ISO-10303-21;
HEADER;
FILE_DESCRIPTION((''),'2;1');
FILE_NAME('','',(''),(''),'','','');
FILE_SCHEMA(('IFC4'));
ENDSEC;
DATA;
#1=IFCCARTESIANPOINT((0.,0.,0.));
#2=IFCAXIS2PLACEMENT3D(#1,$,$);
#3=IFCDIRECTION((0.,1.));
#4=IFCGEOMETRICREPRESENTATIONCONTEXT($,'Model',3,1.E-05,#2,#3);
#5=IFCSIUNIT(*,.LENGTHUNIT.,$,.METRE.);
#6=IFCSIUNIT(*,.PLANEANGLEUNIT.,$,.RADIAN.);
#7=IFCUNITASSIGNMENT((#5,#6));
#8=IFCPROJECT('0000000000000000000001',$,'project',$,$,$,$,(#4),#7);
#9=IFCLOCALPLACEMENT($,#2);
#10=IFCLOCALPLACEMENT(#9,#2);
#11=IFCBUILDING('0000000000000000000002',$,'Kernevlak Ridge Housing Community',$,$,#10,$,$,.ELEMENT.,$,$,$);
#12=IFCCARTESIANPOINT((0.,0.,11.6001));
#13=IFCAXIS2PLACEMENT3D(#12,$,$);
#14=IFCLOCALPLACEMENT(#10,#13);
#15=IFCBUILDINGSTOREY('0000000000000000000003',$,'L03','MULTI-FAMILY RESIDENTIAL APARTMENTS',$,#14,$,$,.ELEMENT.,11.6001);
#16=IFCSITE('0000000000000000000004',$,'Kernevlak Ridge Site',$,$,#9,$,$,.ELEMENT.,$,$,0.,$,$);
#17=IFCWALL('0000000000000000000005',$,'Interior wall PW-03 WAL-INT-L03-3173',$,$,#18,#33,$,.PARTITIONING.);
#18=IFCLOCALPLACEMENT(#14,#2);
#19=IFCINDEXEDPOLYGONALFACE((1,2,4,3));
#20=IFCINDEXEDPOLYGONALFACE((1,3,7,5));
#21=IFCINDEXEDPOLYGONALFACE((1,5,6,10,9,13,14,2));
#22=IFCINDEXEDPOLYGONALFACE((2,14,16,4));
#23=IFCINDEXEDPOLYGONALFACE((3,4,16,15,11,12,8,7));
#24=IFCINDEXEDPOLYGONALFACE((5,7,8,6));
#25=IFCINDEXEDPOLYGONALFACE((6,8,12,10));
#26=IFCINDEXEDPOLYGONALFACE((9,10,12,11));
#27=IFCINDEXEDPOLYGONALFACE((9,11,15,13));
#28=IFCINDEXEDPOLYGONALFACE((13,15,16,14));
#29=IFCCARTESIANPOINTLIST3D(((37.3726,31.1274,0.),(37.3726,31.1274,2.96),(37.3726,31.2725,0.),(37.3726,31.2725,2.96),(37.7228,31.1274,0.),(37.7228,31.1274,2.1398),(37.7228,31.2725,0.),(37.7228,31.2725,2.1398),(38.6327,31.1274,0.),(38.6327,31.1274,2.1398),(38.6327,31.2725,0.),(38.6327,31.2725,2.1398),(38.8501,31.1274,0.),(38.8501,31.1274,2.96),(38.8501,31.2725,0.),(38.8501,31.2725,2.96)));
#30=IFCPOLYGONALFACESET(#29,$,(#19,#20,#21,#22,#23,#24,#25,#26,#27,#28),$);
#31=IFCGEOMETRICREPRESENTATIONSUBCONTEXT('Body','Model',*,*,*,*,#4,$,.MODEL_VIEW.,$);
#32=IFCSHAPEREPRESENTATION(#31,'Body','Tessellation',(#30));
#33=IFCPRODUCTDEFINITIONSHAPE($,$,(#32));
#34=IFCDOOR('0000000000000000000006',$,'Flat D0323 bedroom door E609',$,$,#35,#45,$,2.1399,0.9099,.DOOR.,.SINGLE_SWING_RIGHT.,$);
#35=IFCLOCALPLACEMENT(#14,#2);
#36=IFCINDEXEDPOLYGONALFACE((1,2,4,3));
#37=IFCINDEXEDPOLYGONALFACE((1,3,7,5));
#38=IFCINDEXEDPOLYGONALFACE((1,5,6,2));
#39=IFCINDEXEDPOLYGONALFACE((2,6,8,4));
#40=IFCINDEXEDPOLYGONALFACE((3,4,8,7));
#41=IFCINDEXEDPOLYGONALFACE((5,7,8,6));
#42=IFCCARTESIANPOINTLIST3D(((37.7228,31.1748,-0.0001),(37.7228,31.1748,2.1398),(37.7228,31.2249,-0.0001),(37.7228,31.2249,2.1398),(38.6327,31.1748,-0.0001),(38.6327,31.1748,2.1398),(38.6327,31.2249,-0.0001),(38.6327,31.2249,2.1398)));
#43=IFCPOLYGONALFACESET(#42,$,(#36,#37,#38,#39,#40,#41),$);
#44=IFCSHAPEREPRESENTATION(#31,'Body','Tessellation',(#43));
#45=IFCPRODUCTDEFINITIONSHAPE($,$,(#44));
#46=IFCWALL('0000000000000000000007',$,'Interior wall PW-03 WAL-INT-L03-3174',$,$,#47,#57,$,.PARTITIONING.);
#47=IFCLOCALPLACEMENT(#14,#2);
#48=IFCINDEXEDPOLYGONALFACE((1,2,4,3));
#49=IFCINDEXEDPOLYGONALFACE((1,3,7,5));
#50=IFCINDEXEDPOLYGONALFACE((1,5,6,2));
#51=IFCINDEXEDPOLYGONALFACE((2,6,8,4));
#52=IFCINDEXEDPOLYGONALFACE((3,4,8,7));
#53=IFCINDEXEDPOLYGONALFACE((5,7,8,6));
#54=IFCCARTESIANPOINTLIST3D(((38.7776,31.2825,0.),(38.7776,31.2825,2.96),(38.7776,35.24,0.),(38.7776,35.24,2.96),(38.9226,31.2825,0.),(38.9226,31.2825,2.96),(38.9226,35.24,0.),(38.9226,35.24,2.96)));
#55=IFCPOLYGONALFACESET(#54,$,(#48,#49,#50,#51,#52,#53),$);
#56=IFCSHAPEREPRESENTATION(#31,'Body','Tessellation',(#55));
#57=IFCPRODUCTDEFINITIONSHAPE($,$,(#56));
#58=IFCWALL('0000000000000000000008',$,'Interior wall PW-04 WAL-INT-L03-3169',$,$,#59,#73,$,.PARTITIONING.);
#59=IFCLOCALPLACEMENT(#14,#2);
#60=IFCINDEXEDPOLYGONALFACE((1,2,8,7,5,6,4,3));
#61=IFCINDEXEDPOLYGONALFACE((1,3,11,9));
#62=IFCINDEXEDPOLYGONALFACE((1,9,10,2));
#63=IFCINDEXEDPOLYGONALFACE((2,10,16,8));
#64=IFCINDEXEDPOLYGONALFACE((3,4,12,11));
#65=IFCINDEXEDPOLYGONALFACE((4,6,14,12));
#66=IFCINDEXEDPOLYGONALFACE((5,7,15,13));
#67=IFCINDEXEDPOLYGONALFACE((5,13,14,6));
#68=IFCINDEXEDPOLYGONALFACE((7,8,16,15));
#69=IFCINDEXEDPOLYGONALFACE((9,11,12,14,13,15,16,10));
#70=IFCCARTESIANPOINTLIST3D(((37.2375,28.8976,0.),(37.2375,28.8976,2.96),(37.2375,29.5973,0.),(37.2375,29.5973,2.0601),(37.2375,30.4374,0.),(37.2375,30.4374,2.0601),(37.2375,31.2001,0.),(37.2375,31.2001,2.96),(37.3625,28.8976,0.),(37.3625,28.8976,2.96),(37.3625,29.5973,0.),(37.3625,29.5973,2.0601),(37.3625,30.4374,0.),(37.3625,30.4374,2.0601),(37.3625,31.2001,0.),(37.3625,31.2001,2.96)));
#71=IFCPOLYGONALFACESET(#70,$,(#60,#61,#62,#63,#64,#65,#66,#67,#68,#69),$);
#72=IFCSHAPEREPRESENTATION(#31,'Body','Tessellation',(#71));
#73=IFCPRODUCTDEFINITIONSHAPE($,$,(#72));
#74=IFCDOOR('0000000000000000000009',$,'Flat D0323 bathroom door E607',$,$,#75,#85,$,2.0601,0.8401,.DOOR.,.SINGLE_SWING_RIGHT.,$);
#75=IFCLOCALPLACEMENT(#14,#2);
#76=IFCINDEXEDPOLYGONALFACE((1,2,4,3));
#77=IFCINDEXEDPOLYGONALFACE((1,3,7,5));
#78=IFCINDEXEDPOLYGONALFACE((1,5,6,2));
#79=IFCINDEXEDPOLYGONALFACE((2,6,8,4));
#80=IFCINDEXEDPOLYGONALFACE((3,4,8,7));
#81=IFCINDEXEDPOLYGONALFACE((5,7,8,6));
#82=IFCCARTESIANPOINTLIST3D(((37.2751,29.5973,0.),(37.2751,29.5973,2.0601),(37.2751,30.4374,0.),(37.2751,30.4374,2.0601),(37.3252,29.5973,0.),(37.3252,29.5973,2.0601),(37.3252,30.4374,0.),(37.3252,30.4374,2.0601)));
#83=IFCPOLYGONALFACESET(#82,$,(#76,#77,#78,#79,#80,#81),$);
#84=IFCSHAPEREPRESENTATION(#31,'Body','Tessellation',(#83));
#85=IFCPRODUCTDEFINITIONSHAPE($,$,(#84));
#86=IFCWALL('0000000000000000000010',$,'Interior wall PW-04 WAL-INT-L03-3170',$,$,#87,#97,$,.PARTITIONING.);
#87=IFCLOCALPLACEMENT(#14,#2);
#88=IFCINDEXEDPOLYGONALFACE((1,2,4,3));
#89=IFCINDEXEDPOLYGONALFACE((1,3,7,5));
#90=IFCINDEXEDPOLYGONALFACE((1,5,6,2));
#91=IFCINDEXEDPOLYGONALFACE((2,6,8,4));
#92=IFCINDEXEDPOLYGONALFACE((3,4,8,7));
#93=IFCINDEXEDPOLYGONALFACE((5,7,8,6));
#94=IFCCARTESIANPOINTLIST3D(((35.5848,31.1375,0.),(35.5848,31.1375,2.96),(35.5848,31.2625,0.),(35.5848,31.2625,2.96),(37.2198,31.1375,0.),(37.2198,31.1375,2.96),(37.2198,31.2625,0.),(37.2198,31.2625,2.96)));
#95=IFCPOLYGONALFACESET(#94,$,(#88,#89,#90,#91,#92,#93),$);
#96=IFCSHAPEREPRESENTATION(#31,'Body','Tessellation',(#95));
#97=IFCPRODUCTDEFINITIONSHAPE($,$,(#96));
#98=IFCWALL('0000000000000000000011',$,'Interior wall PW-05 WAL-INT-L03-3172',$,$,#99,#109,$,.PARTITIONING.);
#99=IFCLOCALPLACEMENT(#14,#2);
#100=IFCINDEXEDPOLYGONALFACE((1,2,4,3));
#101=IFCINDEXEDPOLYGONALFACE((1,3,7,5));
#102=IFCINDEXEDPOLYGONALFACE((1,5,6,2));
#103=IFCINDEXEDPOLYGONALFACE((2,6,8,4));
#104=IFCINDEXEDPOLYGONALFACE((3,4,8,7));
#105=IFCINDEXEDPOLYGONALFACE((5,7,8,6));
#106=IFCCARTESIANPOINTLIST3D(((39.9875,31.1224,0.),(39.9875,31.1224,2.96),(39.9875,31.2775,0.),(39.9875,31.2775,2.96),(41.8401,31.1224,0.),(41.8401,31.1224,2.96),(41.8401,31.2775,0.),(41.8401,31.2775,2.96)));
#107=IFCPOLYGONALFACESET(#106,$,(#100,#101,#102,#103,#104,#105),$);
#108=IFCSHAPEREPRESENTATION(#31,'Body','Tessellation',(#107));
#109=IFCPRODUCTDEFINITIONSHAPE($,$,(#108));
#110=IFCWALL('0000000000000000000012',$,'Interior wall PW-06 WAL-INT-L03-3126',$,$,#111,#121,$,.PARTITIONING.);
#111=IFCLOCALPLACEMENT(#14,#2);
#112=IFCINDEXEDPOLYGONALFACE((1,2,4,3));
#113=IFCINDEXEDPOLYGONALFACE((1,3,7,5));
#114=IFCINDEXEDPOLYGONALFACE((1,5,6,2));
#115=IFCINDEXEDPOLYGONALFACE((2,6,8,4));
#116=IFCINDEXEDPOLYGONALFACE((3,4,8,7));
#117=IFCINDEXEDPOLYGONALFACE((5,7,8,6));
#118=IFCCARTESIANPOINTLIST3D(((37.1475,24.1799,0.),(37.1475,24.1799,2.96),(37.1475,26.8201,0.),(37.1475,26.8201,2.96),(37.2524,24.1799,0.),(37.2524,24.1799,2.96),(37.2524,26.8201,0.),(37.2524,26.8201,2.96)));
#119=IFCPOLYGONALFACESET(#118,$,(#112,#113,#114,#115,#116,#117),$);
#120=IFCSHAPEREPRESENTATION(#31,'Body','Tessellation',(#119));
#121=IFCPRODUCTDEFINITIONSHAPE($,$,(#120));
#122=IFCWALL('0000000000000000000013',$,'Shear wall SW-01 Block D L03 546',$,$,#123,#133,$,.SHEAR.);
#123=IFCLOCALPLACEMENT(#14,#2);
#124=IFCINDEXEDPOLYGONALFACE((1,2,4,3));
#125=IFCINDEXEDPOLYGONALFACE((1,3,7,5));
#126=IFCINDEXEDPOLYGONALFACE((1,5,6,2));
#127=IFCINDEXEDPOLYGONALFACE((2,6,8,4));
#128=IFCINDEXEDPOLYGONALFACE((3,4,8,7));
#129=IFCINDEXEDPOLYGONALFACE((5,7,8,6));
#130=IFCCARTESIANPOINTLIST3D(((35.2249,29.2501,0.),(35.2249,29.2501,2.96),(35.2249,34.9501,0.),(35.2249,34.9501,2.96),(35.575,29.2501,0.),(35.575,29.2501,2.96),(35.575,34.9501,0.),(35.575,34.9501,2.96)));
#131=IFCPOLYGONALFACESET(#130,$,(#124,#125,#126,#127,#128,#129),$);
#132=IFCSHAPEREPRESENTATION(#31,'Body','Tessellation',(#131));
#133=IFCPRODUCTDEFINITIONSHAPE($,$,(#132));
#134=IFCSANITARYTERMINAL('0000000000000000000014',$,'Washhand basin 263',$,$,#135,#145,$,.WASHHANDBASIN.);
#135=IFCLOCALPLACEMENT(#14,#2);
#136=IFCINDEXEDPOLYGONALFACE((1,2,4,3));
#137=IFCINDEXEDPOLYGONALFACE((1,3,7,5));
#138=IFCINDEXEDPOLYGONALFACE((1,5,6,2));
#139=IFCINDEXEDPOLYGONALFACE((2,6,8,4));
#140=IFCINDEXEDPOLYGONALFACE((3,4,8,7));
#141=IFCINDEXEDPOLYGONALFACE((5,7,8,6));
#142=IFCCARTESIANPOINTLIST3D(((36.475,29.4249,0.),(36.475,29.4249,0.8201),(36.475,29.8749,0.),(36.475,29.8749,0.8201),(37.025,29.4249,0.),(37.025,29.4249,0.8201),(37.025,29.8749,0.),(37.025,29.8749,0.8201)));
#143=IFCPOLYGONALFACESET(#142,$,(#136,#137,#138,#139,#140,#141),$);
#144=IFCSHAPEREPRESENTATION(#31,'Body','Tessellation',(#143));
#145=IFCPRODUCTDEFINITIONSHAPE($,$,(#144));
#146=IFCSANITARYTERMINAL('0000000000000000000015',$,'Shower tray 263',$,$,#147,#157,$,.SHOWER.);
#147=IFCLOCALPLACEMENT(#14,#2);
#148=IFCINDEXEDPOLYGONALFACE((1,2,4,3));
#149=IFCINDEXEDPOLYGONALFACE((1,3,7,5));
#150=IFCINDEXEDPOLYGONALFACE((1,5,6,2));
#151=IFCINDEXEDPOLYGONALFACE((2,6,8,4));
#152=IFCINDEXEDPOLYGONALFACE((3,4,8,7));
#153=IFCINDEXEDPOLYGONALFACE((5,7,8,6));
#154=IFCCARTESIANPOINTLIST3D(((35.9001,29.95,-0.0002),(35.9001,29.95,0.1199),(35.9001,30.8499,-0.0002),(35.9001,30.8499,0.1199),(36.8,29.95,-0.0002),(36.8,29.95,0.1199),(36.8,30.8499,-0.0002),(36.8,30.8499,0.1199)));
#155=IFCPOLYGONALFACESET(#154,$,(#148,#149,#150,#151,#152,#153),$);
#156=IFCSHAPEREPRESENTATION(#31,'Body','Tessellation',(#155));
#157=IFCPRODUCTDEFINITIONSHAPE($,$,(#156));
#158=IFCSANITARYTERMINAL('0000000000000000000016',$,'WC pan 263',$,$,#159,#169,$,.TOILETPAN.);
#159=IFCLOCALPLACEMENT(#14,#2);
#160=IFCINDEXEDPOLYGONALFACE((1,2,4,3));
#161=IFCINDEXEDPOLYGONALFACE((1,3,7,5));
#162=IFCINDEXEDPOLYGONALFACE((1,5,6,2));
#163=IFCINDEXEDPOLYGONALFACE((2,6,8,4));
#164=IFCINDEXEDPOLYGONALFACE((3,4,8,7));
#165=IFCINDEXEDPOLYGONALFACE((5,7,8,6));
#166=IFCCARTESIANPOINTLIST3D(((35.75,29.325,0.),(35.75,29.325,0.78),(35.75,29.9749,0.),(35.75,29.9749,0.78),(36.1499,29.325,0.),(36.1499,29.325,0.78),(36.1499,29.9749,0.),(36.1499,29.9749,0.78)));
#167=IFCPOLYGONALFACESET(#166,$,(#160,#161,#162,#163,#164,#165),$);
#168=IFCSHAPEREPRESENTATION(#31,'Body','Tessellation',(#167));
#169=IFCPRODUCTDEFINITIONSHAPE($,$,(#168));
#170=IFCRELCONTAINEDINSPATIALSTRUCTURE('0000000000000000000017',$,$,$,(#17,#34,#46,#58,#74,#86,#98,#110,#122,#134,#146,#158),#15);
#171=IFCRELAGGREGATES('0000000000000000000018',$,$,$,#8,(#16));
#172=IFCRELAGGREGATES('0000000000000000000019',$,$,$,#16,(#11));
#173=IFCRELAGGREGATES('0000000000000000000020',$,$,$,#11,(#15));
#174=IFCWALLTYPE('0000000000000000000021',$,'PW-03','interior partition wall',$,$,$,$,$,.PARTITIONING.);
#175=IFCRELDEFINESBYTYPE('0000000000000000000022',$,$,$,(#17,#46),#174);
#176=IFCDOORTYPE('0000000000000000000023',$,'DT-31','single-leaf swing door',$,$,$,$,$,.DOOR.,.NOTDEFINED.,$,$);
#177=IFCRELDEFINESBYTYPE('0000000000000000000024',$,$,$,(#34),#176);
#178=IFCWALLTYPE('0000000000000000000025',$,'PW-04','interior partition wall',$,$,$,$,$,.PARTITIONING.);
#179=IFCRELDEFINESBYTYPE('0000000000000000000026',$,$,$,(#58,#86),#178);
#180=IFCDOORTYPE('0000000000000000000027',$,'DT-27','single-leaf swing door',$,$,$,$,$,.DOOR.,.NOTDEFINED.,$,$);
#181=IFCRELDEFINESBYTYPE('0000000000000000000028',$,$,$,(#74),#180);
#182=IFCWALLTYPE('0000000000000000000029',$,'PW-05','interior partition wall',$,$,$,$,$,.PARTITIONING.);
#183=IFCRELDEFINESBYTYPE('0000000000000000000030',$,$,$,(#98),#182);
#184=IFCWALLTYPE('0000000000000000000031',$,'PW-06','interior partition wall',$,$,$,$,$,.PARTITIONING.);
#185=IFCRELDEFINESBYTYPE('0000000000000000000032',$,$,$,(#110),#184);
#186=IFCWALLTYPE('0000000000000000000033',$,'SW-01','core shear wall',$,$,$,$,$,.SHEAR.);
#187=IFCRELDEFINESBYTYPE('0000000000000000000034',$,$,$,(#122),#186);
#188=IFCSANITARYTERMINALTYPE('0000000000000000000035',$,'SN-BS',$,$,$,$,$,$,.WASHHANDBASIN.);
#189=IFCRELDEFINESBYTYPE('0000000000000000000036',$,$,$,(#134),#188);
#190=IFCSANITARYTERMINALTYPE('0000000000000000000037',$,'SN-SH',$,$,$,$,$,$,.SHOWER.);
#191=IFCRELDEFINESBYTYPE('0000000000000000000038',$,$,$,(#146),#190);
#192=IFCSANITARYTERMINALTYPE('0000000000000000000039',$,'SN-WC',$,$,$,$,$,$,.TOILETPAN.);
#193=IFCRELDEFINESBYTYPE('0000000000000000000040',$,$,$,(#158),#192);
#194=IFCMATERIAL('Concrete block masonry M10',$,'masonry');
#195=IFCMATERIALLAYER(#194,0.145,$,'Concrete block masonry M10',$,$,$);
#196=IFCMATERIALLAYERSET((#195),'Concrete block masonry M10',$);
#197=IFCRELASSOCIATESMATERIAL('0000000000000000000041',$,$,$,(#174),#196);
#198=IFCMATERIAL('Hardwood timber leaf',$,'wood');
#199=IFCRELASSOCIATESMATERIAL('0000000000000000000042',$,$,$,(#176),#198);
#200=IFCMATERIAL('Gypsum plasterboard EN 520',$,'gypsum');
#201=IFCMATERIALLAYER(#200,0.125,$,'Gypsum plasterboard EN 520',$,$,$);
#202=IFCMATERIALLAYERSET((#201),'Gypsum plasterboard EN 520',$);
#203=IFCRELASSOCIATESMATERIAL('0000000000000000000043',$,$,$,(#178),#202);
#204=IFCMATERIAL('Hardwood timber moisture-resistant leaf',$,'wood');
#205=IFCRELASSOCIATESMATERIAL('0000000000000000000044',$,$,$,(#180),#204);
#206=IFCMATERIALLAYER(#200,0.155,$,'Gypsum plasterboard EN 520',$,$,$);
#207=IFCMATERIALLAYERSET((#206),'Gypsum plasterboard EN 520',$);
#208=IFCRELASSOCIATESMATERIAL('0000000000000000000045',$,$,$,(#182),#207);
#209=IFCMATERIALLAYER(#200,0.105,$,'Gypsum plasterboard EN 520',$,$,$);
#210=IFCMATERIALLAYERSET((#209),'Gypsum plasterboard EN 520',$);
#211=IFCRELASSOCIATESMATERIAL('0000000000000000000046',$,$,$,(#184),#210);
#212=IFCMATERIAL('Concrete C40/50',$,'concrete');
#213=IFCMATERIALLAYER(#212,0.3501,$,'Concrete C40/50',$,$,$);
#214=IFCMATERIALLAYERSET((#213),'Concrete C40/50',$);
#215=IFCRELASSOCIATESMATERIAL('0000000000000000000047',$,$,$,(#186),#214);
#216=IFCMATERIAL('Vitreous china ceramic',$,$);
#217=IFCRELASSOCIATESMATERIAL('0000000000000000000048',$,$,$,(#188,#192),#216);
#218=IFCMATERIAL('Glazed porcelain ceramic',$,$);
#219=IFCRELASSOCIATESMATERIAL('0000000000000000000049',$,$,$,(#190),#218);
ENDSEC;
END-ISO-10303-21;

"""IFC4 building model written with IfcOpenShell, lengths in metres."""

from ifc_helpers import new_model, si_unit, direction, frame, frame_2d, origin, origin_2d, place, context, subcontext, project, spatial, rectangle, extrude, material, layer, layer_set, type_object, element, fill, save


model = new_model("IFC4")

# Units and contexts
model_context = context("Model", 3, precision=1e-05, world=origin(), true_north=direction((0.0, 1.0)))
body_context = subcontext(model_context, "Body", "Model", "MODEL_VIEW")
ifc_project = project(units=[si_unit("LENGTHUNIT", "METRE"), si_unit("PLANEANGLEUNIT", "RADIAN")], contexts=[model_context])

# Site, building, storey
site_placement = place(None, origin())
site = spatial("IfcSite", under=ifc_project, at=site_placement, Name="Kernevlak Ridge Site", CompositionType="ELEMENT", RefElevation=0.0)
building_placement = place(site_placement, origin())
building = spatial("IfcBuilding", under=site, at=building_placement, Name="Kernevlak Ridge Housing Community", CompositionType="ELEMENT")
storey_placement = place(building_placement, frame((0.0, 0.0, 11.6001)))
storey = spatial("IfcBuildingStorey", under=building, at=storey_placement, Name="L03", Description="MULTI-FAMILY RESIDENTIAL APARTMENTS", CompositionType="ELEMENT", Elevation=11.6001)

# Shared definitions
ifc_material_1 = material(Name="Concrete block masonry M10", Category="masonry")

# Shared definitions
ifc_layer_1 = layer(ifc_material_1, 0.145, Name="Concrete block masonry M10")
ifc_layer_set_1 = layer_set([ifc_layer_1], Name="Concrete block masonry M10")
wall_type_1 = type_object("IfcWallType", Name="PW-03", Description="interior partition wall", PredefinedType="PARTITIONING", material=ifc_layer_set_1)

# Wall, opening, door
wall_1_placement = place(storey_placement, frame((37.3726, 31.2, 0.0), z_axis=(0.0, 0.0, 1.0), x_axis=(1.0, 0.0, 0.0)))
wall_1 = element("IfcWall", 1, at=wall_1_placement, inside=storey, type_object=wall_type_1, Name="Interior wall PW-03 WAL-INT-L03-3173", PredefinedType="PARTITIONING", context=body_context, shape_type="SweptSolid", body=[
    extrude(rectangle(XDim=1.4775, YDim=0.145, at=frame_2d((0.7388, 0.0))), origin(), (0.0, 0.0, 1.0), 2.96),
])
opening_1_placement = place(wall_1_placement, frame((0.3501, 0.0, 0.0)))
opening_1 = element("IfcOpeningElement", 2, at=opening_1_placement, cuts=wall_1, PredefinedType="OPENING", context=body_context, shape_type="SweptSolid", body=[
    extrude(rectangle(XDim=0.9099, YDim=2.1399, at=frame_2d((0.4551, 1.0698))), frame((0.0, 0.0825, 0.0), z_axis=(0.0, -1.0, 0.0), x_axis=(1.0, 0.0, 0.0)), (0.0, 0.0, 1.0), 0.165),
])
ifc_material_2 = material(Name="Hardwood timber leaf", Category="wood")
door_type_1 = type_object("IfcDoorType", Name="DT-31", Description="single-leaf swing door", OperationType="NOTDEFINED", PredefinedType="DOOR", material=ifc_material_2)
door_1_placement = place(opening_1_placement, origin())
door_1 = element("IfcDoor", 3, at=door_1_placement, inside=storey, type_object=door_type_1, Name="Flat D0323 bedroom door E609", OperationType="SINGLE_SWING_RIGHT", OverallHeight=2.1399, OverallWidth=0.9099, PredefinedType="DOOR", context=body_context, shape_type="SweptSolid", body=[
    extrude(rectangle(XDim=0.9099, YDim=2.1399, at=frame_2d((0.4551, 1.0698))), frame((0.0, 0.0249, 0.0), z_axis=(0.0, -1.0, 0.0), x_axis=(1.0, 0.0, 0.0)), (0.0, 0.0, 1.0), 0.05),
])
fill(opening_1, door_1)

# Wall
wall_2_placement = place(storey_placement, frame((38.8501, 31.2825, 0.0), z_axis=(0.0, 0.0, 1.0), x_axis=(0.0, 1.0, 0.0)))
element("IfcWall", 4, at=wall_2_placement, inside=storey, type_object=wall_type_1, Name="Interior wall PW-03 WAL-INT-L03-3174", PredefinedType="PARTITIONING", context=body_context, shape_type="SweptSolid", body=[
    extrude(rectangle(XDim=3.9575, YDim=0.145, at=frame_2d((1.9788, 0.0))), origin(), (0.0, 0.0, 1.0), 2.96),
])

# Wall, opening, door
ifc_material_3 = material(Name="Gypsum plasterboard EN 520", Category="gypsum")
ifc_layer_2 = layer(ifc_material_3, 0.125, Name="Gypsum plasterboard EN 520")
ifc_layer_set_2 = layer_set([ifc_layer_2], Name="Gypsum plasterboard EN 520")
wall_type_2 = type_object("IfcWallType", Name="PW-04", Description="interior partition wall", PredefinedType="PARTITIONING", material=ifc_layer_set_2)
wall_3_placement = place(storey_placement, frame((37.3, 28.8975, 0.0), z_axis=(0.0, 0.0, 1.0), x_axis=(0.0, 1.0, 0.0)))
wall_3 = element("IfcWall", 5, at=wall_3_placement, inside=storey, type_object=wall_type_2, Name="Interior wall PW-04 WAL-INT-L03-3169", PredefinedType="PARTITIONING", context=body_context, shape_type="SweptSolid", body=[
    extrude(rectangle(XDim=2.3025, YDim=0.125, at=frame_2d((1.1514, 0.0))), origin(), (0.0, 0.0, 1.0), 2.96),
])
opening_2_placement = place(wall_3_placement, frame((0.7, 0.0, 0.0)))
opening_2 = element("IfcOpeningElement", 6, at=opening_2_placement, cuts=wall_3, PredefinedType="OPENING", context=body_context, shape_type="SweptSolid", body=[
    extrude(rectangle(XDim=0.8401, YDim=2.0601, at=frame_2d((0.4199, 1.03))), frame((0.0, 0.0725, 0.0), z_axis=(0.0, -1.0, 0.0), x_axis=(1.0, 0.0, 0.0)), (0.0, 0.0, 1.0), 0.145),
])
ifc_material_4 = material(Name="Hardwood timber moisture-resistant leaf", Category="wood")
door_type_2 = type_object("IfcDoorType", Name="DT-27", Description="single-leaf swing door", OperationType="NOTDEFINED", PredefinedType="DOOR", material=ifc_material_4)
door_2_placement = place(opening_2_placement, origin())
door_2 = element("IfcDoor", 7, at=door_2_placement, inside=storey, type_object=door_type_2, Name="Flat D0323 bathroom door E607", OperationType="SINGLE_SWING_RIGHT", OverallHeight=2.0601, OverallWidth=0.8401, PredefinedType="DOOR", context=body_context, shape_type="SweptSolid", body=[
    extrude(rectangle(XDim=0.8401, YDim=2.0601, at=frame_2d((0.4199, 1.03))), frame((0.0, 0.0249, 0.0), z_axis=(0.0, -1.0, 0.0), x_axis=(1.0, 0.0, 0.0)), (0.0, 0.0, 1.0), 0.05),
])
fill(opening_2, door_2)

# Wall
wall_4_placement = place(storey_placement, frame((35.585, 31.2, 0.0), z_axis=(0.0, 0.0, 1.0), x_axis=(1.0, 0.0, 0.0)))
element("IfcWall", 8, at=wall_4_placement, inside=storey, type_object=wall_type_2, Name="Interior wall PW-04 WAL-INT-L03-3170", PredefinedType="PARTITIONING", context=body_context, shape_type="SweptSolid", body=[
    extrude(rectangle(XDim=1.635, YDim=0.125, at=frame_2d((0.8174, 0.0))), origin(), (0.0, 0.0, 1.0), 2.96),
])

# Shared definitions
ifc_layer_3 = layer(ifc_material_3, 0.155, Name="Gypsum plasterboard EN 520")
ifc_layer_set_3 = layer_set([ifc_layer_3], Name="Gypsum plasterboard EN 520")
wall_type_3 = type_object("IfcWallType", Name="PW-05", Description="interior partition wall", PredefinedType="PARTITIONING", material=ifc_layer_set_3)

# Walls
wall_5_placement = place(storey_placement, frame((39.9875, 31.2, 0.0), z_axis=(0.0, 0.0, 1.0), x_axis=(1.0, 0.0, 0.0)))
element("IfcWall", 9, at=wall_5_placement, inside=storey, type_object=wall_type_3, Name="Interior wall PW-05 WAL-INT-L03-3172", PredefinedType="PARTITIONING", context=body_context, shape_type="SweptSolid", body=[
    extrude(rectangle(XDim=1.8525, YDim=0.155, at=frame_2d((0.9263, 0.0))), origin(), (0.0, 0.0, 1.0), 2.96),
])
ifc_layer_4 = layer(ifc_material_3, 0.105, Name="Gypsum plasterboard EN 520")
ifc_layer_set_4 = layer_set([ifc_layer_4], Name="Gypsum plasterboard EN 520")
wall_type_4 = type_object("IfcWallType", Name="PW-06", Description="interior partition wall", PredefinedType="PARTITIONING", material=ifc_layer_set_4)
wall_6_placement = place(storey_placement, frame((37.2, 24.1799, 0.0), z_axis=(0.0, 0.0, 1.0), x_axis=(0.0, 1.0, 0.0)))
element("IfcWall", 10, at=wall_6_placement, inside=storey, type_object=wall_type_4, Name="Interior wall PW-06 WAL-INT-L03-3126", PredefinedType="PARTITIONING", context=body_context, shape_type="SweptSolid", body=[
    extrude(rectangle(XDim=2.6401, YDim=0.105, at=frame_2d((1.3201, 0.0))), origin(), (0.0, 0.0, 1.0), 2.96),
])
ifc_material_5 = material(Name="Concrete C40/50", Category="concrete")
ifc_layer_5 = layer(ifc_material_5, 0.3501, Name="Concrete C40/50")
ifc_layer_set_5 = layer_set([ifc_layer_5], Name="Concrete C40/50")
wall_type_5 = type_object("IfcWallType", Name="SW-01", Description="core shear wall", PredefinedType="SHEAR", material=ifc_layer_set_5)
wall_7_placement = place(storey_placement, frame((35.3999, 29.25, 0.0), z_axis=(0.0, 0.0, 1.0), x_axis=(0.0, 1.0, 0.0)))
element("IfcWall", 11, at=wall_7_placement, inside=storey, type_object=wall_type_5, Name="Shear wall SW-01 Block D L03 546", PredefinedType="SHEAR", context=body_context, shape_type="SweptSolid", body=[
    extrude(rectangle(XDim=5.7, YDim=0.3501, at=frame_2d((2.8501, 0.0))), origin(), (0.0, 0.0, 1.0), 2.96),
])

# Sanitary terminals
ifc_material_6 = material(Name="Vitreous china ceramic")
sanitary_terminal_type_1 = type_object("IfcSanitaryTerminalType", Name="SN-BS", PredefinedType="WASHHANDBASIN", material=ifc_material_6)
sanitary_terminal_1_placement = place(storey_placement, frame((36.75, 29.6499, 0.0), z_axis=(0.0, 0.0, 1.0), x_axis=(1.0, 0.0, 0.0)))
element("IfcSanitaryTerminal", 12, at=sanitary_terminal_1_placement, inside=storey, type_object=sanitary_terminal_type_1, Name="Washhand basin 263", PredefinedType="WASHHANDBASIN", context=body_context, shape_type="SweptSolid", body=[
    extrude(rectangle(XDim=0.55, YDim=0.45, at=origin_2d()), origin(), (0.0, 0.0, 1.0), 0.8201),
])
ifc_material_7 = material(Name="Glazed porcelain ceramic")
sanitary_terminal_type_2 = type_object("IfcSanitaryTerminalType", Name="SN-SH", PredefinedType="SHOWER", material=ifc_material_7)
sanitary_terminal_2_placement = place(storey_placement, frame((36.3501, 30.3999, -0.0002), z_axis=(0.0, 0.0, 1.0), x_axis=(1.0, 0.0, 0.0)))
element("IfcSanitaryTerminal", 13, at=sanitary_terminal_2_placement, inside=storey, type_object=sanitary_terminal_type_2, Name="Shower tray 263", PredefinedType="SHOWER", context=body_context, shape_type="SweptSolid", body=[
    extrude(rectangle(XDim=0.8999, YDim=0.8999, at=origin_2d()), origin(), (0.0, 0.0, 1.0), 0.1201),
])
sanitary_terminal_type_3 = type_object("IfcSanitaryTerminalType", Name="SN-WC", PredefinedType="TOILETPAN", material=ifc_material_6)
sanitary_terminal_3_placement = place(storey_placement, frame((35.95, 29.6499, 0.0), z_axis=(0.0, 0.0, 1.0), x_axis=(1.0, 0.0, 0.0)))
element("IfcSanitaryTerminal", 14, at=sanitary_terminal_3_placement, inside=storey, type_object=sanitary_terminal_type_3, Name="WC pan 263", PredefinedType="TOILETPAN", context=body_context, shape_type="SweptSolid", body=[
    extrude(rectangle(XDim=0.3999, YDim=0.6499, at=origin_2d()), origin(), (0.0, 0.0, 1.0), 0.78),
])

save(model, "model.ifc")
